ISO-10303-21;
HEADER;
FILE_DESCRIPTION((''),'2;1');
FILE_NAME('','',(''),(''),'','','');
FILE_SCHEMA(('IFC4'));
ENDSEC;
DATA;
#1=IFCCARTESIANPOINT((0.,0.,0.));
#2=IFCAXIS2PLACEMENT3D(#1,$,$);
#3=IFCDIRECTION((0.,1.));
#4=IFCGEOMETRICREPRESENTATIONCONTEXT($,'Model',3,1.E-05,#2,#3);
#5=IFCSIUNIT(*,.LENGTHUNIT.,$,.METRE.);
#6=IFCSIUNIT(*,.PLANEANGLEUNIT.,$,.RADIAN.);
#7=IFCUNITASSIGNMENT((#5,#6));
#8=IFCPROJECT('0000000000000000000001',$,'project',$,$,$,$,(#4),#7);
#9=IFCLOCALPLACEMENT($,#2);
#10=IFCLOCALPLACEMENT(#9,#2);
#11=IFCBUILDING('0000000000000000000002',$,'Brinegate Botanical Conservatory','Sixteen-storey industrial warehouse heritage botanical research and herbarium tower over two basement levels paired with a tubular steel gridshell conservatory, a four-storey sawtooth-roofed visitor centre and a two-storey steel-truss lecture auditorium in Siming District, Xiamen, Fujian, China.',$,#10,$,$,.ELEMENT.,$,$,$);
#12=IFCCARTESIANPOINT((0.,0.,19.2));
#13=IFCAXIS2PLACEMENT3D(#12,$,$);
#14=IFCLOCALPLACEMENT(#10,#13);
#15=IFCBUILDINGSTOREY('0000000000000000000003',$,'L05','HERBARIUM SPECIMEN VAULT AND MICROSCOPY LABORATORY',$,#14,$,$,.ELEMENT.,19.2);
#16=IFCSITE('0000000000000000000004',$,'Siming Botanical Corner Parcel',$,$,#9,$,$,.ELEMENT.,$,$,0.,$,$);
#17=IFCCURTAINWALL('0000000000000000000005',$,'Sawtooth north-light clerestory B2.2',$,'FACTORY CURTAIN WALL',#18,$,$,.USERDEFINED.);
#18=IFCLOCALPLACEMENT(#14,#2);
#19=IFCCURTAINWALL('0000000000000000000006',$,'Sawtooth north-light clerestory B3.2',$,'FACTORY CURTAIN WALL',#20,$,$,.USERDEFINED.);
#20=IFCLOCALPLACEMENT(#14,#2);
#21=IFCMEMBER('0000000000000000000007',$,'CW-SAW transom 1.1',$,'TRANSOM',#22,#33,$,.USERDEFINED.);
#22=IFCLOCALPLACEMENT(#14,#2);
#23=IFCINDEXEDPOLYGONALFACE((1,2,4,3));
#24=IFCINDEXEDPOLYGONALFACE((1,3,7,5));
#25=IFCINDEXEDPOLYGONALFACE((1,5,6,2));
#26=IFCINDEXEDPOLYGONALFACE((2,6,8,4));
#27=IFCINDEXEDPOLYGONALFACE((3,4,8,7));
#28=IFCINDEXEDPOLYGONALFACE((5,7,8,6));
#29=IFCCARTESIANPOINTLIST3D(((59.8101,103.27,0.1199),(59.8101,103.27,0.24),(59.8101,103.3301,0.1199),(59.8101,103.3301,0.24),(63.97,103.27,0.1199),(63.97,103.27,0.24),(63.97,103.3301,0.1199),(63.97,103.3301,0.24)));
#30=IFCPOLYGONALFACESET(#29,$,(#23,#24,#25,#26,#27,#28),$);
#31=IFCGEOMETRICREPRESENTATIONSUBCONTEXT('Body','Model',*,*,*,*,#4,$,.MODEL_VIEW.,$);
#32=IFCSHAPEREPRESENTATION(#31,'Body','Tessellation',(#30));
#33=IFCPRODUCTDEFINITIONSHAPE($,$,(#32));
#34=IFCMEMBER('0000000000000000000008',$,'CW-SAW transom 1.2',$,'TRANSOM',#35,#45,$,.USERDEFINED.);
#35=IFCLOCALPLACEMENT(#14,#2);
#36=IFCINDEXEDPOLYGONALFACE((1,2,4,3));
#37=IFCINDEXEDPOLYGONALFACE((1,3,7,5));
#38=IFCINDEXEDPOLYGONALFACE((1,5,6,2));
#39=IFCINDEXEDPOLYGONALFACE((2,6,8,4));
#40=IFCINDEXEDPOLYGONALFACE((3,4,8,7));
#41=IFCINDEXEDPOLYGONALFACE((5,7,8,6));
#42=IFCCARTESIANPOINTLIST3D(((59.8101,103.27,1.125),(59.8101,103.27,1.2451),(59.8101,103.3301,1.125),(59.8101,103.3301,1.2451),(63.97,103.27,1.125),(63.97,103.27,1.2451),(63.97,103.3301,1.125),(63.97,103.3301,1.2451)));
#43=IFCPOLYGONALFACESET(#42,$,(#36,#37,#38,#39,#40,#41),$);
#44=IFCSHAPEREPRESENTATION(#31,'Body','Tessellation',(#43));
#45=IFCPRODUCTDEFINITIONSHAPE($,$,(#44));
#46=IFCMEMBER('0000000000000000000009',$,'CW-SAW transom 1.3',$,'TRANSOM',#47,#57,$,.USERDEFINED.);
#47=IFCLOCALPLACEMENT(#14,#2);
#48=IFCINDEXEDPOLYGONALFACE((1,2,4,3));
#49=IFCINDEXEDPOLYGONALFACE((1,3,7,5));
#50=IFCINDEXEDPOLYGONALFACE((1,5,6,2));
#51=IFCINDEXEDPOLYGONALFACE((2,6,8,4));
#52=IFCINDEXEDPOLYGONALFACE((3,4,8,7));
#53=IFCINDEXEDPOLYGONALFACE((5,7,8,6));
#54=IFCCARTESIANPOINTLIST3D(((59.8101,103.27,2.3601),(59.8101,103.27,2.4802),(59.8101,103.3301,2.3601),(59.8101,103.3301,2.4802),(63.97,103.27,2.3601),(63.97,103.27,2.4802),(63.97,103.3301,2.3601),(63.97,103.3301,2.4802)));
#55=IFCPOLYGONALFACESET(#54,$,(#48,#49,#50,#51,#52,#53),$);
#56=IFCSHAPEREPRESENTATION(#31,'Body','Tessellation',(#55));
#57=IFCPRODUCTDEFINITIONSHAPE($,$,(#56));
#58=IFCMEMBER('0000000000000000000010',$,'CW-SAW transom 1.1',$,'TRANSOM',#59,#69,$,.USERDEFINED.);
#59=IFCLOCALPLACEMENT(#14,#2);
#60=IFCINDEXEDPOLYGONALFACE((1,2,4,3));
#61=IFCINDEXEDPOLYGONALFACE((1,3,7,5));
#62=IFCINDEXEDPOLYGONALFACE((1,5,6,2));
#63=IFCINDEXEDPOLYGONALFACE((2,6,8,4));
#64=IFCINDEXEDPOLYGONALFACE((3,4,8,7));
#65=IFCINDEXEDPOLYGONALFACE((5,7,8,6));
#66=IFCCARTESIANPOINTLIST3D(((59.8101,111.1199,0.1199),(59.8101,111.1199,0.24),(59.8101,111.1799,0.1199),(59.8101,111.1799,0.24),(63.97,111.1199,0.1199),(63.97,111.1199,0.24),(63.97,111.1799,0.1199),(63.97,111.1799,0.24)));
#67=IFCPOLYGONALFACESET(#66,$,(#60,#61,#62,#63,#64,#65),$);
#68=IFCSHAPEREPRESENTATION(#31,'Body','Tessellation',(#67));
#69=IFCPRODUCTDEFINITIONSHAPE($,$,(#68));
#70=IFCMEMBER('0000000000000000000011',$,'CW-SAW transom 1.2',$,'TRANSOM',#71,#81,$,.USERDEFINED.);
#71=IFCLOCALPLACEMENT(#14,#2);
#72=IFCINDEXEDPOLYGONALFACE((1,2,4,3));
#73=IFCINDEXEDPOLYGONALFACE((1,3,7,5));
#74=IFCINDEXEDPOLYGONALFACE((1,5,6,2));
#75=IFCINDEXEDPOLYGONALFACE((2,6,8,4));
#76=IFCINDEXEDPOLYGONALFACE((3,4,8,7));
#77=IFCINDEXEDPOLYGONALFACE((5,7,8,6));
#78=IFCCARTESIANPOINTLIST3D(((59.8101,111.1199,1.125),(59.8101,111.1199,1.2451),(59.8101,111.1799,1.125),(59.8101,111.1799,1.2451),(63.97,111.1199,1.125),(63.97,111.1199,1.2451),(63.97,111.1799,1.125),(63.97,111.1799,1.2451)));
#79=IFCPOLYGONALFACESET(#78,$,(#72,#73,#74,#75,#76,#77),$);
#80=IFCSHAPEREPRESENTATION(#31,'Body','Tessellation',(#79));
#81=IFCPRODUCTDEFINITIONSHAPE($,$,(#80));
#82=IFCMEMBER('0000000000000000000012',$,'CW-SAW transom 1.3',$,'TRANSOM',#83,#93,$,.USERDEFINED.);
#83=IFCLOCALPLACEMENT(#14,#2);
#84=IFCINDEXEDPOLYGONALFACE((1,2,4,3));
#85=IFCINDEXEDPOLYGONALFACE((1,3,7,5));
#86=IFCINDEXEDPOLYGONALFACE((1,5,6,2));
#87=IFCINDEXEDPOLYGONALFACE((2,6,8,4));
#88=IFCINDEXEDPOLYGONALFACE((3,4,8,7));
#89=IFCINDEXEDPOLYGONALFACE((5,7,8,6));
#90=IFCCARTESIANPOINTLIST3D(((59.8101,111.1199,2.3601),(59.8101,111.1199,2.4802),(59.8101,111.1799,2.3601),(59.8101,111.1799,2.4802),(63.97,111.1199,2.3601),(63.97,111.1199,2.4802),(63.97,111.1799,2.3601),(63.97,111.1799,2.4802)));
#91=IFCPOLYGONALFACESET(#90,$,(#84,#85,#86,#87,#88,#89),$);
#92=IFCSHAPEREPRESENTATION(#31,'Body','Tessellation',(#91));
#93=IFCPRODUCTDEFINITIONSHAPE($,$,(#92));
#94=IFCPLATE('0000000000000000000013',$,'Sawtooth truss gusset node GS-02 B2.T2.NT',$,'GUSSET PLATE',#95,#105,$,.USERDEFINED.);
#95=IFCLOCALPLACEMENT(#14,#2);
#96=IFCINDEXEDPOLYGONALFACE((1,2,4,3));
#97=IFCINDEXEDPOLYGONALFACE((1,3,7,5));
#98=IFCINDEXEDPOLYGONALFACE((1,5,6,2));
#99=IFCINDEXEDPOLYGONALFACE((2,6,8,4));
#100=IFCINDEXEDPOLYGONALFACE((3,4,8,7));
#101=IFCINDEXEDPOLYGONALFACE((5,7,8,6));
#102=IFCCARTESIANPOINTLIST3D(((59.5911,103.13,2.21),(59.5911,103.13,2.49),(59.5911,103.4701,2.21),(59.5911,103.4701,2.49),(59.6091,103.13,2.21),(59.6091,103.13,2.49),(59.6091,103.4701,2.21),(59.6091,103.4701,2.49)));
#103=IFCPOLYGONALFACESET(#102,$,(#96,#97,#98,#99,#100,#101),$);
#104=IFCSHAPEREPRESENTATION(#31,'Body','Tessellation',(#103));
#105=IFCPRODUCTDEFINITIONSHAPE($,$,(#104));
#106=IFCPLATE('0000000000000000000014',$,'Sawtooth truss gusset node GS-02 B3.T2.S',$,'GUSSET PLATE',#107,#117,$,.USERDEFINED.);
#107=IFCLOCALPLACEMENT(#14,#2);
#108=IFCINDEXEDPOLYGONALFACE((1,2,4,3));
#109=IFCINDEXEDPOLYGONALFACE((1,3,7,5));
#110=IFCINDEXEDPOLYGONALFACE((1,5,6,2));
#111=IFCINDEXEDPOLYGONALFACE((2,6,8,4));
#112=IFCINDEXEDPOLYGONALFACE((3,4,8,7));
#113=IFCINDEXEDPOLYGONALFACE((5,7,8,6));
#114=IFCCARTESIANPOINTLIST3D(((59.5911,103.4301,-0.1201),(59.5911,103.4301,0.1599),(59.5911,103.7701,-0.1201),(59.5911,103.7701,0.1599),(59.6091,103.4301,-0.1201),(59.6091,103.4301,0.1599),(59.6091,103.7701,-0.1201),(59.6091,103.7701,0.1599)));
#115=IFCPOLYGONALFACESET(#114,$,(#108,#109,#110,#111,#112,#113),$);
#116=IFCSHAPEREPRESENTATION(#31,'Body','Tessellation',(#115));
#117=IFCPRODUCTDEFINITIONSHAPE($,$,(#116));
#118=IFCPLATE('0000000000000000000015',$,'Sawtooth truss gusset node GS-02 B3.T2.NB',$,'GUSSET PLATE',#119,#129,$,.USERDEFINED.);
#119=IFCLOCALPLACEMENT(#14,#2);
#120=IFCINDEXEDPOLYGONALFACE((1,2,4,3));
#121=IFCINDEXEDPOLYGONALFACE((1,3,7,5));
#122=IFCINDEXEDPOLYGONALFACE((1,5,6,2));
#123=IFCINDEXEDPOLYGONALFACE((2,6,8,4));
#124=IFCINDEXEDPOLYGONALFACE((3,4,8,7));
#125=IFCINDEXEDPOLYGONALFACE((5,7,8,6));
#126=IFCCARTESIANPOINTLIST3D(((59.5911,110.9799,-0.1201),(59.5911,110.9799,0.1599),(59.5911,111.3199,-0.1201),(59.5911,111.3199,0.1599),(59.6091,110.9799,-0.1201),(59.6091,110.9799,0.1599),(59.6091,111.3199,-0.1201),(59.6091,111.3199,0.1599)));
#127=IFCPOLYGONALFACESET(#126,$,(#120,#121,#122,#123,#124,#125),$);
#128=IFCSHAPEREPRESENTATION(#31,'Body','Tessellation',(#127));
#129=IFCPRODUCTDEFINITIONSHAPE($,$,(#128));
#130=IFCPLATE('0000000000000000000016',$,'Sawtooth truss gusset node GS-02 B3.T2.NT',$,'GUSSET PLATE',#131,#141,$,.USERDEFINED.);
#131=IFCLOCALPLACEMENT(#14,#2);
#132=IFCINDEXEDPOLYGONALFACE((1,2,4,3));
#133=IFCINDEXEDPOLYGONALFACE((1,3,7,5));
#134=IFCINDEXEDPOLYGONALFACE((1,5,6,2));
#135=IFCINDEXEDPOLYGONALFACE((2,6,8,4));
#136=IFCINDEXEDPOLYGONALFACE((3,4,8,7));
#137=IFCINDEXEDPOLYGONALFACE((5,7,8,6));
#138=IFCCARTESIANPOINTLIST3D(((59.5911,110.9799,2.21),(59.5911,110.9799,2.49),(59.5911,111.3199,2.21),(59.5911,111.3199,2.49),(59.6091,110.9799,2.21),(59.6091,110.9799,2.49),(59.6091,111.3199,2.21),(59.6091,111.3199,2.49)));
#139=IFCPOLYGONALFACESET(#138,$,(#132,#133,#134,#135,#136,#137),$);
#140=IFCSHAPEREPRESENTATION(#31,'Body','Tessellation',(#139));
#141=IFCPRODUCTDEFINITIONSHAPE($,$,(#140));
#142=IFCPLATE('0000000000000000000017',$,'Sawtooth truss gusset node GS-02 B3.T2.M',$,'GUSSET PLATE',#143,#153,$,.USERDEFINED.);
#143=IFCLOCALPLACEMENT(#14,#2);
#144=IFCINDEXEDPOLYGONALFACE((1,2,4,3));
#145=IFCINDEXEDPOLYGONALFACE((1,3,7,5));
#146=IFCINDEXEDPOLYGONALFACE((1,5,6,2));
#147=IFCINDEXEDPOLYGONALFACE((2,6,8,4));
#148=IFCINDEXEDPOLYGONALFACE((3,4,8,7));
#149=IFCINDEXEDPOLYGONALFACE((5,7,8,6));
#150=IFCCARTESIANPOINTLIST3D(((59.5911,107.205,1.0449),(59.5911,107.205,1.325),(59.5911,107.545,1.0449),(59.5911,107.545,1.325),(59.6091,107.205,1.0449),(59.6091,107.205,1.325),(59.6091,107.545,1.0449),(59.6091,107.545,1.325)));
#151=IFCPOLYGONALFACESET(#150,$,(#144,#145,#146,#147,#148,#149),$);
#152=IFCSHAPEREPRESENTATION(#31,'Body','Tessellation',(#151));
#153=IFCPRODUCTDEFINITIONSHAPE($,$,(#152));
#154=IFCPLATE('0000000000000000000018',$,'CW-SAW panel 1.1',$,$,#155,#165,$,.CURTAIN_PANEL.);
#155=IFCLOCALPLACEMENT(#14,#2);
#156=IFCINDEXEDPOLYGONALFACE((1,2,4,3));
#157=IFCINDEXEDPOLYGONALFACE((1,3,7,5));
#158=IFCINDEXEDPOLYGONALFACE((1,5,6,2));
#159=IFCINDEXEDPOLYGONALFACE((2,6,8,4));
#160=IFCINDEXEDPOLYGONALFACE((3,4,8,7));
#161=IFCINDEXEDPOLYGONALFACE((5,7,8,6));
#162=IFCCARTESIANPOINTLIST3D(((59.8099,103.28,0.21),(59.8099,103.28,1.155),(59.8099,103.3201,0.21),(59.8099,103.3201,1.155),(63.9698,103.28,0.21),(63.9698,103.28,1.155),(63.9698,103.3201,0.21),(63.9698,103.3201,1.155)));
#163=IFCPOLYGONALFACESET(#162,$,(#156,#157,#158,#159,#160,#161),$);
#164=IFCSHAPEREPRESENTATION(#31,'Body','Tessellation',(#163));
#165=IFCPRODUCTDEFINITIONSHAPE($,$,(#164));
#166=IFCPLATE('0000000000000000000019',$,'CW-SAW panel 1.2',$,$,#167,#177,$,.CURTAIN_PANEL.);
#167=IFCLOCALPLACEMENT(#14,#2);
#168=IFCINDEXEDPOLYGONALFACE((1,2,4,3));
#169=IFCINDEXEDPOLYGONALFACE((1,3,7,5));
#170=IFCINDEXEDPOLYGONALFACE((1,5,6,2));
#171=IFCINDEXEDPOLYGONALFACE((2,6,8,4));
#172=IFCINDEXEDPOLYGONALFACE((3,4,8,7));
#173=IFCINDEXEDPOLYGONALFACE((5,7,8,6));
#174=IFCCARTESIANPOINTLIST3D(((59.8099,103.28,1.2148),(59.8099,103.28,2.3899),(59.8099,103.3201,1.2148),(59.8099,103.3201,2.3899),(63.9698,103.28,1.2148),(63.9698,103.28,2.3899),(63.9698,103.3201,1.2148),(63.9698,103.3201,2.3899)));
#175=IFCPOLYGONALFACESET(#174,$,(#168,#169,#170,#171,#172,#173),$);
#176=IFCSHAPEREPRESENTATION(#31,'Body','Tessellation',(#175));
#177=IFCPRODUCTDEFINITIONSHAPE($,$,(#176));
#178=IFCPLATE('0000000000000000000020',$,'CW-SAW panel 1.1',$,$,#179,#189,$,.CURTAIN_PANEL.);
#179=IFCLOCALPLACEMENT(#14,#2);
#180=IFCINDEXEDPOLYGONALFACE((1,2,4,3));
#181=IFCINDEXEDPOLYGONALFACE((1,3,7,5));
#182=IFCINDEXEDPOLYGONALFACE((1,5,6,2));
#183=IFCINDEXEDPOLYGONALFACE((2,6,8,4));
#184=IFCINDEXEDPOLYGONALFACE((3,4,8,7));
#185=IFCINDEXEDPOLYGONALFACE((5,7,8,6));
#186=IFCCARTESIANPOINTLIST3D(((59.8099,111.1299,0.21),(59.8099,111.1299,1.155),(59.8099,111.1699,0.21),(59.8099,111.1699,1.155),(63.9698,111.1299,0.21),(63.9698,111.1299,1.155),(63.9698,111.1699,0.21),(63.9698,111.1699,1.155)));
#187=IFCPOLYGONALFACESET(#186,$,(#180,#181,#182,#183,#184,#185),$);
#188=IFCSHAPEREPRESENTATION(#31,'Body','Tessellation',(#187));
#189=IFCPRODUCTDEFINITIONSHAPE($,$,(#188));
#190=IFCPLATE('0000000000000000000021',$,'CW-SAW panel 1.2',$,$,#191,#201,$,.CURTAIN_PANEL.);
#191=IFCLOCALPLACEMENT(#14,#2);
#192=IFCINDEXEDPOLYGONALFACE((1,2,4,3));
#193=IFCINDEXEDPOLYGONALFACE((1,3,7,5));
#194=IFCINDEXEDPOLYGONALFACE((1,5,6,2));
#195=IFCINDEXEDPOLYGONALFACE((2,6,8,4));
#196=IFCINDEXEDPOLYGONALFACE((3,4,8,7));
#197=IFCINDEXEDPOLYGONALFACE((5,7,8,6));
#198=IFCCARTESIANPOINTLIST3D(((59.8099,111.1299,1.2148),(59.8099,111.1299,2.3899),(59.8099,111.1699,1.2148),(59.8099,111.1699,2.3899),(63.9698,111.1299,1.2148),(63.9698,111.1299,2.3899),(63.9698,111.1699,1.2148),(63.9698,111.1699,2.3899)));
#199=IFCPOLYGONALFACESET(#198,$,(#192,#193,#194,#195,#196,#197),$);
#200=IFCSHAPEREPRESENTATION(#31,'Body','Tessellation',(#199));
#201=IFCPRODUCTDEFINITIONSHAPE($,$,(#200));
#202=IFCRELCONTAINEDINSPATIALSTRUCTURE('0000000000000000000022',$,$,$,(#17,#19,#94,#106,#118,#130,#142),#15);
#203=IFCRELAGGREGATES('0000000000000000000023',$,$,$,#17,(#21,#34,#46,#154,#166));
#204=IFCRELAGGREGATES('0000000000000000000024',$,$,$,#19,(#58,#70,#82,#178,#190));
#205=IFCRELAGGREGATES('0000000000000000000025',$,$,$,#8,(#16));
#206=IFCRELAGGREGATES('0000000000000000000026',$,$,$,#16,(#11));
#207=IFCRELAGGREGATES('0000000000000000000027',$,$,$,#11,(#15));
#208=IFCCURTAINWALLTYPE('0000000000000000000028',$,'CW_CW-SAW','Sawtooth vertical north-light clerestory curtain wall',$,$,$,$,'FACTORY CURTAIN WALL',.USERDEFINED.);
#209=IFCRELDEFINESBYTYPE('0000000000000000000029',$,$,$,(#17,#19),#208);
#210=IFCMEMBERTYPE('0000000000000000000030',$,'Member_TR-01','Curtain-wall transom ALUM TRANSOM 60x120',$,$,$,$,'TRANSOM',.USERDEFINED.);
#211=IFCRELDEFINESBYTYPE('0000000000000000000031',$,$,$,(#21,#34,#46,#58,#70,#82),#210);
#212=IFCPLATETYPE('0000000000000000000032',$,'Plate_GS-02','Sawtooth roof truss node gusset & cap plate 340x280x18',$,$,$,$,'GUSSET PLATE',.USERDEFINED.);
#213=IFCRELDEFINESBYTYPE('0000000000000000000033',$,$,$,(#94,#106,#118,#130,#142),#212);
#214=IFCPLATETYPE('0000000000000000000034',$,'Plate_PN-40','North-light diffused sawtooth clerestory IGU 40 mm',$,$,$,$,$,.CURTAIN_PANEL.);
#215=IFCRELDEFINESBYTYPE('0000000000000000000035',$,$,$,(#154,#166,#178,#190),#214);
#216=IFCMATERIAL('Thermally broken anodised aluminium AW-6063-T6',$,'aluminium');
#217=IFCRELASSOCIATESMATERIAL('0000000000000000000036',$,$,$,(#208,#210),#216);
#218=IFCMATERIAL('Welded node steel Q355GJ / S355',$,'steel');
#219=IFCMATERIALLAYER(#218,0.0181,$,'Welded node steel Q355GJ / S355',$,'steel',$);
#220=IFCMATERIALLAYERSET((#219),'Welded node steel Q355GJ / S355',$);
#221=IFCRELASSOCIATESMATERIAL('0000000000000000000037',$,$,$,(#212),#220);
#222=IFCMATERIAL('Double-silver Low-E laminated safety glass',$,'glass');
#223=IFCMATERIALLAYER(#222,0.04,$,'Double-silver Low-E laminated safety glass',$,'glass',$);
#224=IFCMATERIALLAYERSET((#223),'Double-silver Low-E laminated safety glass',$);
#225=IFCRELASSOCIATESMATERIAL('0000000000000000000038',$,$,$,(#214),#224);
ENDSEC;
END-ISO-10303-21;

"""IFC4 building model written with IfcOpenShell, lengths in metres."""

from ifc_helpers import new_model, si_unit, direction, frame, origin, origin_2d, place, context, subcontext, project, spatial, rectangle, extrude, material, layer, layer_set, material_profile, profile_set, type_object, element, aggregate, save


model = new_model("IFC4")

# Units and contexts
model_context = context("Model", 3, precision=1e-05, world=origin(), true_north=direction((0.0, 1.0)))
body_context = subcontext(model_context, "Body", "Model", "MODEL_VIEW")
ifc_project = project(units=[si_unit("LENGTHUNIT", "METRE"), si_unit("PLANEANGLEUNIT", "RADIAN")], contexts=[model_context])

# Site, building, storey
site_placement = place(None, origin())
site = spatial("IfcSite", under=ifc_project, at=site_placement, Name="Siming Botanical Corner Parcel", CompositionType="ELEMENT", RefElevation=0.0)
building_placement = place(site_placement, origin())
building = spatial("IfcBuilding", under=site, at=building_placement, Name="Brinegate Botanical Conservatory", Description="Sixteen-storey industrial warehouse heritage botanical research and herbarium tower over two basement levels paired with a tubular steel gridshell conservatory, a four-storey sawtooth-roofed visitor centre and a two-storey steel-truss lecture auditorium in Siming District, Xiamen, Fujian, China.", CompositionType="ELEMENT")
storey_placement = place(building_placement, frame((0.0, 0.0, 19.2)))
storey = spatial("IfcBuildingStorey", under=building, at=storey_placement, Name="L05", Description="HERBARIUM SPECIMEN VAULT AND MICROSCOPY LABORATORY", CompositionType="ELEMENT", Elevation=19.2)

# Curtain walls
ifc_material_1 = material(Name="Thermally broken anodised aluminium AW-6063-T6", Category="aluminium")
curtain_wall_type = type_object("IfcCurtainWallType", Name="CW_CW-SAW", Description="Sawtooth vertical north-light clerestory curtain wall", ElementType="FACTORY CURTAIN WALL", PredefinedType="USERDEFINED", material=ifc_material_1)
curtain_wall_1_placement = place(storey_placement, origin())
curtain_wall_1 = element("IfcCurtainWall", 1, at=curtain_wall_1_placement, inside=storey, type_object=curtain_wall_type, Name="Sawtooth north-light clerestory B2.2", ObjectType="FACTORY CURTAIN WALL", PredefinedType="USERDEFINED")
curtain_wall_2_placement = place(storey_placement, origin())
curtain_wall_2 = element("IfcCurtainWall", 2, at=curtain_wall_2_placement, inside=storey, type_object=curtain_wall_type, Name="Sawtooth north-light clerestory B3.2", ObjectType="FACTORY CURTAIN WALL", PredefinedType="USERDEFINED")

# Members
ifc_material_profile_1 = material_profile(ifc_material_1, rectangle(XDim=0.0601, YDim=0.1201, at=origin_2d()), Name="ALUM TRANSOM 60x120")
ifc_profile_set_1 = profile_set([ifc_material_profile_1], Name="Thermally broken anodised aluminium AW-6063-T6")
member_type_1 = type_object("IfcMemberType", Name="Member_TR-01", Description="Curtain-wall transom ALUM TRANSOM 60x120", ElementType="TRANSOM", PredefinedType="USERDEFINED", material=ifc_profile_set_1)
member_1_placement = place(storey_placement, frame((59.8101, 103.3, 0.1799), z_axis=(1.0, 0.0, 0.0), x_axis=(0.0, 1.0, 0.0)))
member_1 = element("IfcMember", 3, at=member_1_placement, type_object=member_type_1, Name="CW-SAW transom 1.1", ObjectType="TRANSOM", PredefinedType="USERDEFINED", context=body_context, shape_type="SweptSolid", body=[
    extrude(rectangle(XDim=0.0601, YDim=0.1201, at=origin_2d()), origin(), (0.0, 0.0, 1.0), 4.1599),
])
member_2_placement = place(storey_placement, frame((59.8101, 103.3, 1.1851), z_axis=(1.0, 0.0, 0.0), x_axis=(0.0, 1.0, 0.0)))
member_2 = element("IfcMember", 4, at=member_2_placement, type_object=member_type_1, Name="CW-SAW transom 1.2", ObjectType="TRANSOM", PredefinedType="USERDEFINED", context=body_context, shape_type="SweptSolid", body=[
    extrude(rectangle(XDim=0.0601, YDim=0.1201, at=origin_2d()), origin(), (0.0, 0.0, 1.0), 4.1599),
])
member_3_placement = place(storey_placement, frame((59.8101, 103.3, 2.4202), z_axis=(1.0, 0.0, 0.0), x_axis=(0.0, 1.0, 0.0)))
member_3 = element("IfcMember", 5, at=member_3_placement, type_object=member_type_1, Name="CW-SAW transom 1.3", ObjectType="TRANSOM", PredefinedType="USERDEFINED", context=body_context, shape_type="SweptSolid", body=[
    extrude(rectangle(XDim=0.0601, YDim=0.1201, at=origin_2d()), origin(), (0.0, 0.0, 1.0), 4.1599),
])
member_4_placement = place(storey_placement, frame((59.8101, 111.1499, 0.1799), z_axis=(1.0, 0.0, 0.0), x_axis=(0.0, 1.0, 0.0)))
member_4 = element("IfcMember", 6, at=member_4_placement, type_object=member_type_1, Name="CW-SAW transom 1.1", ObjectType="TRANSOM", PredefinedType="USERDEFINED", context=body_context, shape_type="SweptSolid", body=[
    extrude(rectangle(XDim=0.0601, YDim=0.1201, at=origin_2d()), origin(), (0.0, 0.0, 1.0), 4.1599),
])
member_5_placement = place(storey_placement, frame((59.8101, 111.1499, 1.1851), z_axis=(1.0, 0.0, 0.0), x_axis=(0.0, 1.0, 0.0)))
member_5 = element("IfcMember", 7, at=member_5_placement, type_object=member_type_1, Name="CW-SAW transom 1.2", ObjectType="TRANSOM", PredefinedType="USERDEFINED", context=body_context, shape_type="SweptSolid", body=[
    extrude(rectangle(XDim=0.0601, YDim=0.1201, at=origin_2d()), origin(), (0.0, 0.0, 1.0), 4.1599),
])
member_6_placement = place(storey_placement, frame((59.8101, 111.1499, 2.4202), z_axis=(1.0, 0.0, 0.0), x_axis=(0.0, 1.0, 0.0)))
member_6 = element("IfcMember", 8, at=member_6_placement, type_object=member_type_1, Name="CW-SAW transom 1.3", ObjectType="TRANSOM", PredefinedType="USERDEFINED", context=body_context, shape_type="SweptSolid", body=[
    extrude(rectangle(XDim=0.0601, YDim=0.1201, at=origin_2d()), origin(), (0.0, 0.0, 1.0), 4.1599),
])

# Plates
ifc_material_2 = material(Name="Welded node steel Q355GJ / S355", Category="steel")
ifc_layer_1 = layer(ifc_material_2, 0.0181, Name="Welded node steel Q355GJ / S355", Category="steel")
ifc_layer_set_1 = layer_set([ifc_layer_1], Name="Welded node steel Q355GJ / S355")
plate_type_1 = type_object("IfcPlateType", Name="Plate_GS-02", Description="Sawtooth roof truss node gusset & cap plate 340x280x18", ElementType="GUSSET PLATE", PredefinedType="USERDEFINED", material=ifc_layer_set_1)
for number, where, z_axis, x_axis, name in (
    (9, (59.6001, 103.3, 2.21), (0.0, 0.0, 1.0), (1.0, 0.0, 0.0), "Sawtooth truss gusset node GS-02 B2.T2.NT"),
    (10, (59.6001, 103.6001, -0.1201), (0.0, 0.0, 1.0), (1.0, 0.0, 0.0), "Sawtooth truss gusset node GS-02 B3.T2.S"),
    (11, (59.6001, 111.1499, -0.1201), (0.0, 0.0, 1.0), (1.0, 0.0, 0.0), "Sawtooth truss gusset node GS-02 B3.T2.NB"),
    (12, (59.6001, 111.1499, 2.21), (0.0, 0.0, 1.0), (1.0, 0.0, 0.0), "Sawtooth truss gusset node GS-02 B3.T2.NT"),
    (13, (59.6001, 107.375, 1.0449), (0.0, 0.0, 1.0), (1.0, 0.0, 0.0), "Sawtooth truss gusset node GS-02 B3.T2.M"),
):
    element("IfcPlate", number, at=place(storey_placement, frame(where, z_axis=z_axis, x_axis=x_axis)), inside=storey, type_object=plate_type_1, Name=name, ObjectType="GUSSET PLATE", PredefinedType="USERDEFINED", context=body_context, shape_type="SweptSolid", body=[
        extrude(rectangle(XDim=0.0181, YDim=0.3401, at=origin_2d()), origin(), (0.0, 0.0, 1.0), 0.28),
    ])

# Plates
ifc_material_3 = material(Name="Double-silver Low-E laminated safety glass", Category="glass")
ifc_layer_2 = layer(ifc_material_3, 0.04, Name="Double-silver Low-E laminated safety glass", Category="glass")
ifc_layer_set_2 = layer_set([ifc_layer_2], Name="Double-silver Low-E laminated safety glass")
plate_type_2 = type_object("IfcPlateType", Name="Plate_PN-40", Description="North-light diffused sawtooth clerestory IGU 40 mm", PredefinedType="CURTAIN_PANEL", material=ifc_layer_set_2)
plate_1_placement = place(storey_placement, frame((61.8899, 103.3, 0.21), z_axis=(0.0, 0.0, 1.0), x_axis=(1.0, 0.0, 0.0)))
plate_1 = element("IfcPlate", 14, at=plate_1_placement, type_object=plate_type_2, Name="CW-SAW panel 1.1", PredefinedType="CURTAIN_PANEL", context=body_context, shape_type="SweptSolid", body=[
    extrude(rectangle(XDim=4.1599, YDim=0.04, at=origin_2d()), origin(), (0.0, 0.0, 1.0), 0.9451),
])
plate_2_placement = place(storey_placement, frame((61.8899, 103.3, 1.2148), z_axis=(0.0, 0.0, 1.0), x_axis=(1.0, 0.0, 0.0)))
plate_2 = element("IfcPlate", 15, at=plate_2_placement, type_object=plate_type_2, Name="CW-SAW panel 1.2", PredefinedType="CURTAIN_PANEL", context=body_context, shape_type="SweptSolid", body=[
    extrude(rectangle(XDim=4.1599, YDim=0.04, at=origin_2d()), origin(), (0.0, 0.0, 1.0), 1.175),
])
aggregate(curtain_wall_1, [member_1, member_2, member_3, plate_1, plate_2])
plate_3_placement = place(storey_placement, frame((61.8899, 111.1499, 0.21), z_axis=(0.0, 0.0, 1.0), x_axis=(1.0, 0.0, 0.0)))
plate_3 = element("IfcPlate", 16, at=plate_3_placement, type_object=plate_type_2, Name="CW-SAW panel 1.1", PredefinedType="CURTAIN_PANEL", context=body_context, shape_type="SweptSolid", body=[
    extrude(rectangle(XDim=4.1599, YDim=0.04, at=origin_2d()), origin(), (0.0, 0.0, 1.0), 0.9451),
])
plate_4_placement = place(storey_placement, frame((61.8899, 111.1499, 1.2148), z_axis=(0.0, 0.0, 1.0), x_axis=(1.0, 0.0, 0.0)))
plate_4 = element("IfcPlate", 17, at=plate_4_placement, type_object=plate_type_2, Name="CW-SAW panel 1.2", PredefinedType="CURTAIN_PANEL", context=body_context, shape_type="SweptSolid", body=[
    extrude(rectangle(XDim=4.1599, YDim=0.04, at=origin_2d()), origin(), (0.0, 0.0, 1.0), 1.175),
])
aggregate(curtain_wall_2, [member_4, member_5, member_6, plate_3, plate_4])

save(model, "model.ifc")
